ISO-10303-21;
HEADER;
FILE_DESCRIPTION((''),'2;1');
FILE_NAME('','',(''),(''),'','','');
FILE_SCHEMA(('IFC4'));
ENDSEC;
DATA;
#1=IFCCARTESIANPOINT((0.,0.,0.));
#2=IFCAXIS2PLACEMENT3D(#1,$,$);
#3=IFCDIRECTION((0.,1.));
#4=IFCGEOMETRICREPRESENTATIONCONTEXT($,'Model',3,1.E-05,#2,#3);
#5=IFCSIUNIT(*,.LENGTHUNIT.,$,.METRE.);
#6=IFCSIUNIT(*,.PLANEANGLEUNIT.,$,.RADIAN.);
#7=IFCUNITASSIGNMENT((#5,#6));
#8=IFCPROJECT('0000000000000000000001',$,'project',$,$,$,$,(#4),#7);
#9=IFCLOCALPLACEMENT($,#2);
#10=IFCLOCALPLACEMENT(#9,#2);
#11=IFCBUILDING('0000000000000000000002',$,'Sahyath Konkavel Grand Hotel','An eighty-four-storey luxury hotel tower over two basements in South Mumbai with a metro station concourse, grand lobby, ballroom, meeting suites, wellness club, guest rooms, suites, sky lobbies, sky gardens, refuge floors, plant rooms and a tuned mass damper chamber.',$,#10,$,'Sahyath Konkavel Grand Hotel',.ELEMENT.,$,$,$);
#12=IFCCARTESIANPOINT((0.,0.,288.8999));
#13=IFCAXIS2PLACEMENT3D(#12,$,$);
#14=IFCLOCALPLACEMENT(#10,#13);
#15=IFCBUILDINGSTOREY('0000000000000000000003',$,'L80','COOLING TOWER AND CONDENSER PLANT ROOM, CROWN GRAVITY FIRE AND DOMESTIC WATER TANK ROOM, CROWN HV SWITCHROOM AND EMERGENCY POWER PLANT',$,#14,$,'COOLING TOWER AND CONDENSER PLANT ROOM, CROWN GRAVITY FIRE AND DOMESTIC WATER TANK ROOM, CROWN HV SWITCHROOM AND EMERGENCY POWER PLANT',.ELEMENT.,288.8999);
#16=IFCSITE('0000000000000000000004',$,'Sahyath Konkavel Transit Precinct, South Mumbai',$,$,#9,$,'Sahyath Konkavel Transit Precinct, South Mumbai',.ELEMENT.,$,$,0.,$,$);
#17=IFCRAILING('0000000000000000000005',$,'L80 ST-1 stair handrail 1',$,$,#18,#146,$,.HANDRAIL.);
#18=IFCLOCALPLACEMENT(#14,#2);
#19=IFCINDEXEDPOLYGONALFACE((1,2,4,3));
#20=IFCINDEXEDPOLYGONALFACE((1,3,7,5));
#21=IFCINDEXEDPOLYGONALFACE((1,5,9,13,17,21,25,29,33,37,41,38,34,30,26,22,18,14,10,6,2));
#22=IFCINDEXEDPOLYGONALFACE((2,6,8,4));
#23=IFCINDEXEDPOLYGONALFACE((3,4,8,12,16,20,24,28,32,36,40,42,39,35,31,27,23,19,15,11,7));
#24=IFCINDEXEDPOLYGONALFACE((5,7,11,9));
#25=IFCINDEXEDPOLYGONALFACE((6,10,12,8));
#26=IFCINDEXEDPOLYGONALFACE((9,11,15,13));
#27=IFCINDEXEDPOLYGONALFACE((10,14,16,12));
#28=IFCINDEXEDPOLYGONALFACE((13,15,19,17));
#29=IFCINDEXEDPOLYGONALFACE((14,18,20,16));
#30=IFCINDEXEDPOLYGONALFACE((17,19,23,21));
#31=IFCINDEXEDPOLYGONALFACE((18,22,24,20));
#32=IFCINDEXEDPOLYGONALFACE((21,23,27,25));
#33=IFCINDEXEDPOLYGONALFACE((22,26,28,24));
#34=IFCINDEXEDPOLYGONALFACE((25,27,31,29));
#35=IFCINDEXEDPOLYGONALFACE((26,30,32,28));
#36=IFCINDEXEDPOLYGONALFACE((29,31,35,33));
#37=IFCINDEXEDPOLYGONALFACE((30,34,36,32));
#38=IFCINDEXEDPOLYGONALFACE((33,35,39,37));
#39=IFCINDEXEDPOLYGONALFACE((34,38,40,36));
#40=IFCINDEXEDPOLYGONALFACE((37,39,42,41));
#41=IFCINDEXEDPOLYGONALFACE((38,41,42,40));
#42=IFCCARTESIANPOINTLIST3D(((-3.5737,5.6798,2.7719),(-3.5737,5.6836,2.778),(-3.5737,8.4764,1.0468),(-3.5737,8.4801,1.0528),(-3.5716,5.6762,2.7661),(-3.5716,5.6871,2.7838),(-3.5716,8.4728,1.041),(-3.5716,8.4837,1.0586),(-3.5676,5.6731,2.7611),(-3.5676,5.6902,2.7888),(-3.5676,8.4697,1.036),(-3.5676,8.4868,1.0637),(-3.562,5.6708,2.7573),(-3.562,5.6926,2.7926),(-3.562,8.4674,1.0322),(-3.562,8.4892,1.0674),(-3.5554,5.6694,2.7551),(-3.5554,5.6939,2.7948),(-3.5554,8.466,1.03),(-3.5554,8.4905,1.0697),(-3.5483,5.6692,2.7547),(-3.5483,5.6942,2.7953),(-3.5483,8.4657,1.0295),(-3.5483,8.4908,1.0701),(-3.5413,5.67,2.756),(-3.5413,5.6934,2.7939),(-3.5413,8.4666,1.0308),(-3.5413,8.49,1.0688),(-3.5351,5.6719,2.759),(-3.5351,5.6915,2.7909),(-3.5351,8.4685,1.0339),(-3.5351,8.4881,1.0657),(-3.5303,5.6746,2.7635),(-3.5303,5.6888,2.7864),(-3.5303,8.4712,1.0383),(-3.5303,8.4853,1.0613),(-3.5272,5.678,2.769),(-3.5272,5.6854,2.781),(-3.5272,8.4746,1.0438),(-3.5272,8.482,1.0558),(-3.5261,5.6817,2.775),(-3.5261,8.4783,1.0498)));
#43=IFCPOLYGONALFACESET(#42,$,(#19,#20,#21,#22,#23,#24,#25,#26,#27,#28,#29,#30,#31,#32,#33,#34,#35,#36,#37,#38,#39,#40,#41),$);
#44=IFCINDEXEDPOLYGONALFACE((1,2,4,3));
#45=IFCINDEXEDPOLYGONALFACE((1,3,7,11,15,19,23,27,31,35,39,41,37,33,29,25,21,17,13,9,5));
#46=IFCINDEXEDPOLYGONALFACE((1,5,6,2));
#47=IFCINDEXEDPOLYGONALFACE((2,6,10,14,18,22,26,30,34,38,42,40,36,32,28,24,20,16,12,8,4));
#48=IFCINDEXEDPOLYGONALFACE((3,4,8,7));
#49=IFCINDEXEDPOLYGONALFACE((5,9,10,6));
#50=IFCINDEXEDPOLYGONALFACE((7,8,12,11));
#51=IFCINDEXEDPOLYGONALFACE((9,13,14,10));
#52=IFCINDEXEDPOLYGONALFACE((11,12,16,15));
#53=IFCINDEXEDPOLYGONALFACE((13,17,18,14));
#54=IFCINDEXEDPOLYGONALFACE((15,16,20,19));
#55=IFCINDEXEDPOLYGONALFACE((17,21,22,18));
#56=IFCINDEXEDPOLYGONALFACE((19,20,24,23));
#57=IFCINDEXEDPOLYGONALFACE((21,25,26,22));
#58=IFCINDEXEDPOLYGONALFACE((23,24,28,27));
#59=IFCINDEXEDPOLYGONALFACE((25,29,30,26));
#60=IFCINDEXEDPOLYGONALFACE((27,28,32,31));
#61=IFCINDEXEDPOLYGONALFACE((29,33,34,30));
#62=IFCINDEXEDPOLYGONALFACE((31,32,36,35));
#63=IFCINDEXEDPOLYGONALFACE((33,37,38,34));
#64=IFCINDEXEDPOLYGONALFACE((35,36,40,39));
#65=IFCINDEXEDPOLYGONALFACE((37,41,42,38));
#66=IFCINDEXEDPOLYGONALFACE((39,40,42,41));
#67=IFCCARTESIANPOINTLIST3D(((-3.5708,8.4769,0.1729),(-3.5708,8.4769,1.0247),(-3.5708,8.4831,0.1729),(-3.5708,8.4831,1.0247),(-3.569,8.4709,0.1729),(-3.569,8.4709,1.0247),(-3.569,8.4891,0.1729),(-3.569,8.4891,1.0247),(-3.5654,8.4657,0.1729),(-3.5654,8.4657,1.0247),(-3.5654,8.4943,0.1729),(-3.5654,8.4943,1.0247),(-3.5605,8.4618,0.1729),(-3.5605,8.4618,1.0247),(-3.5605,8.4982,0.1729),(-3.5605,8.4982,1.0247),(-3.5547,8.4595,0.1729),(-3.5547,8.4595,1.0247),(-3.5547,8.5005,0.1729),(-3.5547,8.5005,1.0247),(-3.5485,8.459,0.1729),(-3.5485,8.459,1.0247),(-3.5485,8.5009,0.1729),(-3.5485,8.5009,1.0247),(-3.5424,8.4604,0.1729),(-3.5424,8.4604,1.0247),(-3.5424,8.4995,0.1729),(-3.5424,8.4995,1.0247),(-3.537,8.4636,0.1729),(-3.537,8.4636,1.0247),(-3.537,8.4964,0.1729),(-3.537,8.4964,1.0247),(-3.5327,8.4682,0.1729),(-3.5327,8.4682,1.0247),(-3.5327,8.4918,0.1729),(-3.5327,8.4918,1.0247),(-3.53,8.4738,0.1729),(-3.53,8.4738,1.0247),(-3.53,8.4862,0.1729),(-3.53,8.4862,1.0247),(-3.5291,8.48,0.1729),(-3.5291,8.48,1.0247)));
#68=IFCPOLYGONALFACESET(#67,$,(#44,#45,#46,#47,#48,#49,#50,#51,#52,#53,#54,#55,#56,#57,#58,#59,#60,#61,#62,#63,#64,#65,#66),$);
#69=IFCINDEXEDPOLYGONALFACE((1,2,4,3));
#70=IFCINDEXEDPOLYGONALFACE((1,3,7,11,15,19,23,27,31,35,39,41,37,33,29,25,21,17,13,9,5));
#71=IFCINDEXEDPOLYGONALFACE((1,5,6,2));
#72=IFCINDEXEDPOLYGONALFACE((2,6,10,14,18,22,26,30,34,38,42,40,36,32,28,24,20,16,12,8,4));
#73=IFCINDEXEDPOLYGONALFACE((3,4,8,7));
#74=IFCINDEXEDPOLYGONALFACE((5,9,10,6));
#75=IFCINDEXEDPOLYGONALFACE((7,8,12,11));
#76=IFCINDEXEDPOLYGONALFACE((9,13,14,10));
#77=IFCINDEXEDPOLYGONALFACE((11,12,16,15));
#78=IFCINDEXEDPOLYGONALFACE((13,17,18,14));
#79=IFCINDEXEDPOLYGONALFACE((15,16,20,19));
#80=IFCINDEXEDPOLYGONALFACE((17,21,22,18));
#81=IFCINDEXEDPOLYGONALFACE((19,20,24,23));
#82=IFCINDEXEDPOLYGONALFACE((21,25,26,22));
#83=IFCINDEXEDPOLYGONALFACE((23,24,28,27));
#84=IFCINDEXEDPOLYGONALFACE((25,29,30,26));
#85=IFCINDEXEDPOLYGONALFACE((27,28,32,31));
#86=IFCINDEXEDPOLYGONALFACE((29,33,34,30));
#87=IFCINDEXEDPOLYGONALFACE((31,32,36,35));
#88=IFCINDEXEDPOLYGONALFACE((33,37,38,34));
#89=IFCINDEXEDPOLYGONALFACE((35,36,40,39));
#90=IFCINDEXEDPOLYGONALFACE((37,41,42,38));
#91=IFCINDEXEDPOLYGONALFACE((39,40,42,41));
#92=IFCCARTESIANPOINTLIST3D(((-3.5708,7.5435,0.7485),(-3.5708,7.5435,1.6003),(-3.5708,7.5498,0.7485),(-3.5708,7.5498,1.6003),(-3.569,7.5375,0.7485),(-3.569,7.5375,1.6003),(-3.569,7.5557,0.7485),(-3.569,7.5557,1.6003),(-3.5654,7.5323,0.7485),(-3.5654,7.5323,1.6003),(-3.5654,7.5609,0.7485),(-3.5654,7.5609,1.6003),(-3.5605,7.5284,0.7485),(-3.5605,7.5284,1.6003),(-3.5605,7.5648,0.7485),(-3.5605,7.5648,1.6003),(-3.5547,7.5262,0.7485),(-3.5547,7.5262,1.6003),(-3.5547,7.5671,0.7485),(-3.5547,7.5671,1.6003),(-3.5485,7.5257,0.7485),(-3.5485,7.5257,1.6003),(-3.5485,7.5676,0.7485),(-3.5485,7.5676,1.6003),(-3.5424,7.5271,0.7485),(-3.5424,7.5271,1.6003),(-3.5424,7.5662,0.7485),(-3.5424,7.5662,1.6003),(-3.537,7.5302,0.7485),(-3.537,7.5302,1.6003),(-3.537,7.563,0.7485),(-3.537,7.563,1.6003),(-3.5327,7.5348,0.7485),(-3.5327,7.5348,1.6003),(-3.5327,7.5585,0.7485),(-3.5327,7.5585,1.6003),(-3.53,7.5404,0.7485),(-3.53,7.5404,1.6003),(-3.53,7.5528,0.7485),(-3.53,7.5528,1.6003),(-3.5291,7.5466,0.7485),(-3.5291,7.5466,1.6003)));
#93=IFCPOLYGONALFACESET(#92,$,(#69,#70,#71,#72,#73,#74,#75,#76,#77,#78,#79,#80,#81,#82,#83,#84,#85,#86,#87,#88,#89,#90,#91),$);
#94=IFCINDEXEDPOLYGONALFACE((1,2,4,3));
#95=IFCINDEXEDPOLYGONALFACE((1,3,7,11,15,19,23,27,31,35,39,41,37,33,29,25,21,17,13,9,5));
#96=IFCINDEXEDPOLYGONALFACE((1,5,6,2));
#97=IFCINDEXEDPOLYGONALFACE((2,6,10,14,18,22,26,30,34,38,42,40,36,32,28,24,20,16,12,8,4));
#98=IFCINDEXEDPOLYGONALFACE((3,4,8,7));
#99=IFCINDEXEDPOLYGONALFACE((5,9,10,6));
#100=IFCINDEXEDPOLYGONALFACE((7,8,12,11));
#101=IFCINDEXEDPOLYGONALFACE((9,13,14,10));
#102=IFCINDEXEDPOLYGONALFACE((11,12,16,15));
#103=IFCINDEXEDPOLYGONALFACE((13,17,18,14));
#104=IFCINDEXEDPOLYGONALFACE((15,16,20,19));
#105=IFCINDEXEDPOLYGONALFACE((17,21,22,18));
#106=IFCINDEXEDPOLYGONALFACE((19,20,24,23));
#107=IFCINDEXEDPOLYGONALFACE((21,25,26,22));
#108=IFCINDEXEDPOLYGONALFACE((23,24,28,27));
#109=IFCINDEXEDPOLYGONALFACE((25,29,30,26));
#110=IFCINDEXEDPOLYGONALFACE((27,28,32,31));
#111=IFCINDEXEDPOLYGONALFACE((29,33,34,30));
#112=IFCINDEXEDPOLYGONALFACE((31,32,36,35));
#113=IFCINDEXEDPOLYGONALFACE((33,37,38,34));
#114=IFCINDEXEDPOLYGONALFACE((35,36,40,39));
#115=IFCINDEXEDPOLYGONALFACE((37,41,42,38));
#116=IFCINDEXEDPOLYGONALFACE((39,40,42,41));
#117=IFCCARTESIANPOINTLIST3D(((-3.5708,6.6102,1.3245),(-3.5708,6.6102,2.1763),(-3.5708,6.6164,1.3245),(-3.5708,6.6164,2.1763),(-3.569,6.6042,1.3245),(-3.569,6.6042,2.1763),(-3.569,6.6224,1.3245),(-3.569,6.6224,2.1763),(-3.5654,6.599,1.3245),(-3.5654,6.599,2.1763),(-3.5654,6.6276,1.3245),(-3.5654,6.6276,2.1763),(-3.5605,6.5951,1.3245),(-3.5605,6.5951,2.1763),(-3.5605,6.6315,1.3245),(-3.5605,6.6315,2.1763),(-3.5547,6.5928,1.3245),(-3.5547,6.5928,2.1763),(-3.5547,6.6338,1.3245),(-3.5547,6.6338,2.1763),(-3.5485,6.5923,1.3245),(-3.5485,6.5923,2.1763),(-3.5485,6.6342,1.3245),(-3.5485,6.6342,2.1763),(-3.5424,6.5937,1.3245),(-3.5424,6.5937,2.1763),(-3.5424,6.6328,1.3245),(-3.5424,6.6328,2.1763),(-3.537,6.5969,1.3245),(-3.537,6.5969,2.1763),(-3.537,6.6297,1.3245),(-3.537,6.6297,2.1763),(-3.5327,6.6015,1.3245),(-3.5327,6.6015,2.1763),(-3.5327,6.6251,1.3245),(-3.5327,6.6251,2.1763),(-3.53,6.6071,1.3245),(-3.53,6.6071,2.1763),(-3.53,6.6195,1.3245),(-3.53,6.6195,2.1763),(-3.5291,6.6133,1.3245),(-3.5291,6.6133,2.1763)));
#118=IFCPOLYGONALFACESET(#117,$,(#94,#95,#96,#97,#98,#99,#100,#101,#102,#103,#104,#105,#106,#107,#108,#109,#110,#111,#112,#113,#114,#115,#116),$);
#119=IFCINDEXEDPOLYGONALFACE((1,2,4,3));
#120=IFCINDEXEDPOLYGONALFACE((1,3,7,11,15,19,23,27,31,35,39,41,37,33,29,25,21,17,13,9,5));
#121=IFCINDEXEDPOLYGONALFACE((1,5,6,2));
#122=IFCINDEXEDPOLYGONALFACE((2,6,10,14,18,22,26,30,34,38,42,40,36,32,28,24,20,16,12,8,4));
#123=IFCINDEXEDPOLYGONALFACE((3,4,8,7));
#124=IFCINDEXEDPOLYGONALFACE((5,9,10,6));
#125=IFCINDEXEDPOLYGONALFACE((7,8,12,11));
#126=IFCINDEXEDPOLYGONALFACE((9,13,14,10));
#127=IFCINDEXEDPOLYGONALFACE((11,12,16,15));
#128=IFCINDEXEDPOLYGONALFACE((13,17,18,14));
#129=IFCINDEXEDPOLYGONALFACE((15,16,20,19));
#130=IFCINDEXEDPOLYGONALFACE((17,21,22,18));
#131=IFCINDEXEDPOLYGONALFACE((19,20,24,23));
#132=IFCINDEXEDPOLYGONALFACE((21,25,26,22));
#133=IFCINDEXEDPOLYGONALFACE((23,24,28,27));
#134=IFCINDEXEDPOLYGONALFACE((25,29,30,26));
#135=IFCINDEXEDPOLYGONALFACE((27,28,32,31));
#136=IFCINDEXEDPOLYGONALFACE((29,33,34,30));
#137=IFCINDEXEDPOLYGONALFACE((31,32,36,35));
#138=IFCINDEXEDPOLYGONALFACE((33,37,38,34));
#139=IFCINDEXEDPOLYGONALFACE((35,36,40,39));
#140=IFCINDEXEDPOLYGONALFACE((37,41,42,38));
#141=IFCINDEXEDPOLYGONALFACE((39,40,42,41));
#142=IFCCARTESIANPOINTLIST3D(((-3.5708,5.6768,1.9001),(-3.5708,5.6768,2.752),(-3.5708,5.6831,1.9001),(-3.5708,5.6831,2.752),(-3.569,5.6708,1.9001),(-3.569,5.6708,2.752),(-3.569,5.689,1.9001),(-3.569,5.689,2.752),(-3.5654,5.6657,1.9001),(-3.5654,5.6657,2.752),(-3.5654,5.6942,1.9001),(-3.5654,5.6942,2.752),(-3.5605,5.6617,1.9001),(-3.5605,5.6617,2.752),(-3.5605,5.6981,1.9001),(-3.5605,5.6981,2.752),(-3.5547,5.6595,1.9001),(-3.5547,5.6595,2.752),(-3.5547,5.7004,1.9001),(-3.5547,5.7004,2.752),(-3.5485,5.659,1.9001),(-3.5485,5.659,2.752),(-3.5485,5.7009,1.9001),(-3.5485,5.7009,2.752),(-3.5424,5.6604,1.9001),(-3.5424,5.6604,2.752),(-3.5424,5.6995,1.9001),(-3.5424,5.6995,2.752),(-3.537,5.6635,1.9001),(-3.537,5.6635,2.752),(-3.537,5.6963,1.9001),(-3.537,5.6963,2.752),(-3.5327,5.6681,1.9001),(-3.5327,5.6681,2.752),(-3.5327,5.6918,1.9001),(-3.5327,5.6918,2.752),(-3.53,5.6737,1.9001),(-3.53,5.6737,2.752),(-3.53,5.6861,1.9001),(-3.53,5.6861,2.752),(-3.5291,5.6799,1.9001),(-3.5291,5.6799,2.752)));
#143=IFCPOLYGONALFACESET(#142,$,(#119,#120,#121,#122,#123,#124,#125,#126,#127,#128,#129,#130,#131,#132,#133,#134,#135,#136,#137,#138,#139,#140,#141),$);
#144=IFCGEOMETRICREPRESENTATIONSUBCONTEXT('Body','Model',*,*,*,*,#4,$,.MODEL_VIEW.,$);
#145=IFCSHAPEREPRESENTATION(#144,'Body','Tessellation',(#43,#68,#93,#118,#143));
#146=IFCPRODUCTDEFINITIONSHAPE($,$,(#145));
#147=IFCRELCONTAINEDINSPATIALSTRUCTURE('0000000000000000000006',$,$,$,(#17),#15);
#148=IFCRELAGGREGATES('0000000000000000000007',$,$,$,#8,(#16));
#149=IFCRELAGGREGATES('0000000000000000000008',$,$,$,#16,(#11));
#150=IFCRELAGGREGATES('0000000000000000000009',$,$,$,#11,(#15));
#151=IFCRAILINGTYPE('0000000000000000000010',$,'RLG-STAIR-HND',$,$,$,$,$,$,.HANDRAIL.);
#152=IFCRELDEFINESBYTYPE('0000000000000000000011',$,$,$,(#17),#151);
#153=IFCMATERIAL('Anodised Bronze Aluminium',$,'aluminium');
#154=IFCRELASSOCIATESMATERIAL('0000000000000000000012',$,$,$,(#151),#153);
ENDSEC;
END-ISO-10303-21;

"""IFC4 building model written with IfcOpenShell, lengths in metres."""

from ifc_helpers import new_model, si_unit, direction, frame, origin, origin_2d, place, context, subcontext, project, spatial, circle, extrude, material, type_object, element, save


model = new_model("IFC4")

# Units and contexts
model_context = context("Model", 3, precision=1e-05, world=origin(), true_north=direction((0.0, 1.0)))
body_context = subcontext(model_context, "Body", "Model", "MODEL_VIEW")
ifc_project = project(units=[si_unit("LENGTHUNIT", "METRE"), si_unit("PLANEANGLEUNIT", "RADIAN")], contexts=[model_context])

# Site, building, storey
site_placement = place(None, origin())
site = spatial("IfcSite", under=ifc_project, at=site_placement, Name="Sahyath Konkavel Transit Precinct, South Mumbai", LongName="Sahyath Konkavel Transit Precinct, South Mumbai", CompositionType="ELEMENT", RefElevation=0.0)
building_placement = place(site_placement, origin())
building = spatial("IfcBuilding", under=site, at=building_placement, Name="Sahyath Konkavel Grand Hotel", Description="An eighty-four-storey luxury hotel tower over two basements in South Mumbai with a metro station concourse, grand lobby, ballroom, meeting suites, wellness club, guest rooms, suites, sky lobbies, sky gardens, refuge floors, plant rooms and a tuned mass damper chamber.", LongName="Sahyath Konkavel Grand Hotel", CompositionType="ELEMENT")
storey_placement = place(building_placement, frame((0.0, 0.0, 288.8999)))
storey = spatial("IfcBuildingStorey", under=building, at=storey_placement, Name="L80", Description="COOLING TOWER AND CONDENSER PLANT ROOM, CROWN GRAVITY FIRE AND DOMESTIC WATER TANK ROOM, CROWN HV SWITCHROOM AND EMERGENCY POWER PLANT", LongName="COOLING TOWER AND CONDENSER PLANT ROOM, CROWN GRAVITY FIRE AND DOMESTIC WATER TANK ROOM, CROWN HV SWITCHROOM AND EMERGENCY POWER PLANT", CompositionType="ELEMENT", Elevation=288.8999)

# Railing
ifc_material_1 = material(Name="Anodised Bronze Aluminium", Category="aluminium")
railing_type_1 = type_object("IfcRailingType", Name="RLG-STAIR-HND", PredefinedType="HANDRAIL", material=ifc_material_1)
railing_1_placement = place(storey_placement, frame((-3.55, 8.48, 0.1729)))
element("IfcRailing", 1, at=railing_1_placement, inside=storey, type_object=railing_type_1, Name="L80 ST-1 stair handrail 1", PredefinedType="HANDRAIL", context=body_context, shape_type="SweptSolid", body=[
    extrude(circle(Radius=0.0239, at=origin_2d()), frame((0.0, -0.0017, 0.877), z_axis=(0.0, -0.85109, 0.52502), x_axis=(1.0, 0.0, 0.0)), (0.0, 0.0, 1.0), 3.2859),
    extrude(circle(Radius=0.021, at=origin_2d()), origin(), (0.0, 0.0, 1.0), 0.8518),
    extrude(circle(Radius=0.021, at=origin_2d()), frame((0.0, -0.9333, 0.5757)), (0.0, 0.0, 1.0), 0.8518),
    extrude(circle(Radius=0.021, at=origin_2d()), frame((0.0, -1.8667, 1.1516)), (0.0, 0.0, 1.0), 0.8518),
    extrude(circle(Radius=0.021, at=origin_2d()), frame((0.0, -2.8, 1.7273)), (0.0, 0.0, 1.0), 0.8518),
])

save(model, "model.ifc")
